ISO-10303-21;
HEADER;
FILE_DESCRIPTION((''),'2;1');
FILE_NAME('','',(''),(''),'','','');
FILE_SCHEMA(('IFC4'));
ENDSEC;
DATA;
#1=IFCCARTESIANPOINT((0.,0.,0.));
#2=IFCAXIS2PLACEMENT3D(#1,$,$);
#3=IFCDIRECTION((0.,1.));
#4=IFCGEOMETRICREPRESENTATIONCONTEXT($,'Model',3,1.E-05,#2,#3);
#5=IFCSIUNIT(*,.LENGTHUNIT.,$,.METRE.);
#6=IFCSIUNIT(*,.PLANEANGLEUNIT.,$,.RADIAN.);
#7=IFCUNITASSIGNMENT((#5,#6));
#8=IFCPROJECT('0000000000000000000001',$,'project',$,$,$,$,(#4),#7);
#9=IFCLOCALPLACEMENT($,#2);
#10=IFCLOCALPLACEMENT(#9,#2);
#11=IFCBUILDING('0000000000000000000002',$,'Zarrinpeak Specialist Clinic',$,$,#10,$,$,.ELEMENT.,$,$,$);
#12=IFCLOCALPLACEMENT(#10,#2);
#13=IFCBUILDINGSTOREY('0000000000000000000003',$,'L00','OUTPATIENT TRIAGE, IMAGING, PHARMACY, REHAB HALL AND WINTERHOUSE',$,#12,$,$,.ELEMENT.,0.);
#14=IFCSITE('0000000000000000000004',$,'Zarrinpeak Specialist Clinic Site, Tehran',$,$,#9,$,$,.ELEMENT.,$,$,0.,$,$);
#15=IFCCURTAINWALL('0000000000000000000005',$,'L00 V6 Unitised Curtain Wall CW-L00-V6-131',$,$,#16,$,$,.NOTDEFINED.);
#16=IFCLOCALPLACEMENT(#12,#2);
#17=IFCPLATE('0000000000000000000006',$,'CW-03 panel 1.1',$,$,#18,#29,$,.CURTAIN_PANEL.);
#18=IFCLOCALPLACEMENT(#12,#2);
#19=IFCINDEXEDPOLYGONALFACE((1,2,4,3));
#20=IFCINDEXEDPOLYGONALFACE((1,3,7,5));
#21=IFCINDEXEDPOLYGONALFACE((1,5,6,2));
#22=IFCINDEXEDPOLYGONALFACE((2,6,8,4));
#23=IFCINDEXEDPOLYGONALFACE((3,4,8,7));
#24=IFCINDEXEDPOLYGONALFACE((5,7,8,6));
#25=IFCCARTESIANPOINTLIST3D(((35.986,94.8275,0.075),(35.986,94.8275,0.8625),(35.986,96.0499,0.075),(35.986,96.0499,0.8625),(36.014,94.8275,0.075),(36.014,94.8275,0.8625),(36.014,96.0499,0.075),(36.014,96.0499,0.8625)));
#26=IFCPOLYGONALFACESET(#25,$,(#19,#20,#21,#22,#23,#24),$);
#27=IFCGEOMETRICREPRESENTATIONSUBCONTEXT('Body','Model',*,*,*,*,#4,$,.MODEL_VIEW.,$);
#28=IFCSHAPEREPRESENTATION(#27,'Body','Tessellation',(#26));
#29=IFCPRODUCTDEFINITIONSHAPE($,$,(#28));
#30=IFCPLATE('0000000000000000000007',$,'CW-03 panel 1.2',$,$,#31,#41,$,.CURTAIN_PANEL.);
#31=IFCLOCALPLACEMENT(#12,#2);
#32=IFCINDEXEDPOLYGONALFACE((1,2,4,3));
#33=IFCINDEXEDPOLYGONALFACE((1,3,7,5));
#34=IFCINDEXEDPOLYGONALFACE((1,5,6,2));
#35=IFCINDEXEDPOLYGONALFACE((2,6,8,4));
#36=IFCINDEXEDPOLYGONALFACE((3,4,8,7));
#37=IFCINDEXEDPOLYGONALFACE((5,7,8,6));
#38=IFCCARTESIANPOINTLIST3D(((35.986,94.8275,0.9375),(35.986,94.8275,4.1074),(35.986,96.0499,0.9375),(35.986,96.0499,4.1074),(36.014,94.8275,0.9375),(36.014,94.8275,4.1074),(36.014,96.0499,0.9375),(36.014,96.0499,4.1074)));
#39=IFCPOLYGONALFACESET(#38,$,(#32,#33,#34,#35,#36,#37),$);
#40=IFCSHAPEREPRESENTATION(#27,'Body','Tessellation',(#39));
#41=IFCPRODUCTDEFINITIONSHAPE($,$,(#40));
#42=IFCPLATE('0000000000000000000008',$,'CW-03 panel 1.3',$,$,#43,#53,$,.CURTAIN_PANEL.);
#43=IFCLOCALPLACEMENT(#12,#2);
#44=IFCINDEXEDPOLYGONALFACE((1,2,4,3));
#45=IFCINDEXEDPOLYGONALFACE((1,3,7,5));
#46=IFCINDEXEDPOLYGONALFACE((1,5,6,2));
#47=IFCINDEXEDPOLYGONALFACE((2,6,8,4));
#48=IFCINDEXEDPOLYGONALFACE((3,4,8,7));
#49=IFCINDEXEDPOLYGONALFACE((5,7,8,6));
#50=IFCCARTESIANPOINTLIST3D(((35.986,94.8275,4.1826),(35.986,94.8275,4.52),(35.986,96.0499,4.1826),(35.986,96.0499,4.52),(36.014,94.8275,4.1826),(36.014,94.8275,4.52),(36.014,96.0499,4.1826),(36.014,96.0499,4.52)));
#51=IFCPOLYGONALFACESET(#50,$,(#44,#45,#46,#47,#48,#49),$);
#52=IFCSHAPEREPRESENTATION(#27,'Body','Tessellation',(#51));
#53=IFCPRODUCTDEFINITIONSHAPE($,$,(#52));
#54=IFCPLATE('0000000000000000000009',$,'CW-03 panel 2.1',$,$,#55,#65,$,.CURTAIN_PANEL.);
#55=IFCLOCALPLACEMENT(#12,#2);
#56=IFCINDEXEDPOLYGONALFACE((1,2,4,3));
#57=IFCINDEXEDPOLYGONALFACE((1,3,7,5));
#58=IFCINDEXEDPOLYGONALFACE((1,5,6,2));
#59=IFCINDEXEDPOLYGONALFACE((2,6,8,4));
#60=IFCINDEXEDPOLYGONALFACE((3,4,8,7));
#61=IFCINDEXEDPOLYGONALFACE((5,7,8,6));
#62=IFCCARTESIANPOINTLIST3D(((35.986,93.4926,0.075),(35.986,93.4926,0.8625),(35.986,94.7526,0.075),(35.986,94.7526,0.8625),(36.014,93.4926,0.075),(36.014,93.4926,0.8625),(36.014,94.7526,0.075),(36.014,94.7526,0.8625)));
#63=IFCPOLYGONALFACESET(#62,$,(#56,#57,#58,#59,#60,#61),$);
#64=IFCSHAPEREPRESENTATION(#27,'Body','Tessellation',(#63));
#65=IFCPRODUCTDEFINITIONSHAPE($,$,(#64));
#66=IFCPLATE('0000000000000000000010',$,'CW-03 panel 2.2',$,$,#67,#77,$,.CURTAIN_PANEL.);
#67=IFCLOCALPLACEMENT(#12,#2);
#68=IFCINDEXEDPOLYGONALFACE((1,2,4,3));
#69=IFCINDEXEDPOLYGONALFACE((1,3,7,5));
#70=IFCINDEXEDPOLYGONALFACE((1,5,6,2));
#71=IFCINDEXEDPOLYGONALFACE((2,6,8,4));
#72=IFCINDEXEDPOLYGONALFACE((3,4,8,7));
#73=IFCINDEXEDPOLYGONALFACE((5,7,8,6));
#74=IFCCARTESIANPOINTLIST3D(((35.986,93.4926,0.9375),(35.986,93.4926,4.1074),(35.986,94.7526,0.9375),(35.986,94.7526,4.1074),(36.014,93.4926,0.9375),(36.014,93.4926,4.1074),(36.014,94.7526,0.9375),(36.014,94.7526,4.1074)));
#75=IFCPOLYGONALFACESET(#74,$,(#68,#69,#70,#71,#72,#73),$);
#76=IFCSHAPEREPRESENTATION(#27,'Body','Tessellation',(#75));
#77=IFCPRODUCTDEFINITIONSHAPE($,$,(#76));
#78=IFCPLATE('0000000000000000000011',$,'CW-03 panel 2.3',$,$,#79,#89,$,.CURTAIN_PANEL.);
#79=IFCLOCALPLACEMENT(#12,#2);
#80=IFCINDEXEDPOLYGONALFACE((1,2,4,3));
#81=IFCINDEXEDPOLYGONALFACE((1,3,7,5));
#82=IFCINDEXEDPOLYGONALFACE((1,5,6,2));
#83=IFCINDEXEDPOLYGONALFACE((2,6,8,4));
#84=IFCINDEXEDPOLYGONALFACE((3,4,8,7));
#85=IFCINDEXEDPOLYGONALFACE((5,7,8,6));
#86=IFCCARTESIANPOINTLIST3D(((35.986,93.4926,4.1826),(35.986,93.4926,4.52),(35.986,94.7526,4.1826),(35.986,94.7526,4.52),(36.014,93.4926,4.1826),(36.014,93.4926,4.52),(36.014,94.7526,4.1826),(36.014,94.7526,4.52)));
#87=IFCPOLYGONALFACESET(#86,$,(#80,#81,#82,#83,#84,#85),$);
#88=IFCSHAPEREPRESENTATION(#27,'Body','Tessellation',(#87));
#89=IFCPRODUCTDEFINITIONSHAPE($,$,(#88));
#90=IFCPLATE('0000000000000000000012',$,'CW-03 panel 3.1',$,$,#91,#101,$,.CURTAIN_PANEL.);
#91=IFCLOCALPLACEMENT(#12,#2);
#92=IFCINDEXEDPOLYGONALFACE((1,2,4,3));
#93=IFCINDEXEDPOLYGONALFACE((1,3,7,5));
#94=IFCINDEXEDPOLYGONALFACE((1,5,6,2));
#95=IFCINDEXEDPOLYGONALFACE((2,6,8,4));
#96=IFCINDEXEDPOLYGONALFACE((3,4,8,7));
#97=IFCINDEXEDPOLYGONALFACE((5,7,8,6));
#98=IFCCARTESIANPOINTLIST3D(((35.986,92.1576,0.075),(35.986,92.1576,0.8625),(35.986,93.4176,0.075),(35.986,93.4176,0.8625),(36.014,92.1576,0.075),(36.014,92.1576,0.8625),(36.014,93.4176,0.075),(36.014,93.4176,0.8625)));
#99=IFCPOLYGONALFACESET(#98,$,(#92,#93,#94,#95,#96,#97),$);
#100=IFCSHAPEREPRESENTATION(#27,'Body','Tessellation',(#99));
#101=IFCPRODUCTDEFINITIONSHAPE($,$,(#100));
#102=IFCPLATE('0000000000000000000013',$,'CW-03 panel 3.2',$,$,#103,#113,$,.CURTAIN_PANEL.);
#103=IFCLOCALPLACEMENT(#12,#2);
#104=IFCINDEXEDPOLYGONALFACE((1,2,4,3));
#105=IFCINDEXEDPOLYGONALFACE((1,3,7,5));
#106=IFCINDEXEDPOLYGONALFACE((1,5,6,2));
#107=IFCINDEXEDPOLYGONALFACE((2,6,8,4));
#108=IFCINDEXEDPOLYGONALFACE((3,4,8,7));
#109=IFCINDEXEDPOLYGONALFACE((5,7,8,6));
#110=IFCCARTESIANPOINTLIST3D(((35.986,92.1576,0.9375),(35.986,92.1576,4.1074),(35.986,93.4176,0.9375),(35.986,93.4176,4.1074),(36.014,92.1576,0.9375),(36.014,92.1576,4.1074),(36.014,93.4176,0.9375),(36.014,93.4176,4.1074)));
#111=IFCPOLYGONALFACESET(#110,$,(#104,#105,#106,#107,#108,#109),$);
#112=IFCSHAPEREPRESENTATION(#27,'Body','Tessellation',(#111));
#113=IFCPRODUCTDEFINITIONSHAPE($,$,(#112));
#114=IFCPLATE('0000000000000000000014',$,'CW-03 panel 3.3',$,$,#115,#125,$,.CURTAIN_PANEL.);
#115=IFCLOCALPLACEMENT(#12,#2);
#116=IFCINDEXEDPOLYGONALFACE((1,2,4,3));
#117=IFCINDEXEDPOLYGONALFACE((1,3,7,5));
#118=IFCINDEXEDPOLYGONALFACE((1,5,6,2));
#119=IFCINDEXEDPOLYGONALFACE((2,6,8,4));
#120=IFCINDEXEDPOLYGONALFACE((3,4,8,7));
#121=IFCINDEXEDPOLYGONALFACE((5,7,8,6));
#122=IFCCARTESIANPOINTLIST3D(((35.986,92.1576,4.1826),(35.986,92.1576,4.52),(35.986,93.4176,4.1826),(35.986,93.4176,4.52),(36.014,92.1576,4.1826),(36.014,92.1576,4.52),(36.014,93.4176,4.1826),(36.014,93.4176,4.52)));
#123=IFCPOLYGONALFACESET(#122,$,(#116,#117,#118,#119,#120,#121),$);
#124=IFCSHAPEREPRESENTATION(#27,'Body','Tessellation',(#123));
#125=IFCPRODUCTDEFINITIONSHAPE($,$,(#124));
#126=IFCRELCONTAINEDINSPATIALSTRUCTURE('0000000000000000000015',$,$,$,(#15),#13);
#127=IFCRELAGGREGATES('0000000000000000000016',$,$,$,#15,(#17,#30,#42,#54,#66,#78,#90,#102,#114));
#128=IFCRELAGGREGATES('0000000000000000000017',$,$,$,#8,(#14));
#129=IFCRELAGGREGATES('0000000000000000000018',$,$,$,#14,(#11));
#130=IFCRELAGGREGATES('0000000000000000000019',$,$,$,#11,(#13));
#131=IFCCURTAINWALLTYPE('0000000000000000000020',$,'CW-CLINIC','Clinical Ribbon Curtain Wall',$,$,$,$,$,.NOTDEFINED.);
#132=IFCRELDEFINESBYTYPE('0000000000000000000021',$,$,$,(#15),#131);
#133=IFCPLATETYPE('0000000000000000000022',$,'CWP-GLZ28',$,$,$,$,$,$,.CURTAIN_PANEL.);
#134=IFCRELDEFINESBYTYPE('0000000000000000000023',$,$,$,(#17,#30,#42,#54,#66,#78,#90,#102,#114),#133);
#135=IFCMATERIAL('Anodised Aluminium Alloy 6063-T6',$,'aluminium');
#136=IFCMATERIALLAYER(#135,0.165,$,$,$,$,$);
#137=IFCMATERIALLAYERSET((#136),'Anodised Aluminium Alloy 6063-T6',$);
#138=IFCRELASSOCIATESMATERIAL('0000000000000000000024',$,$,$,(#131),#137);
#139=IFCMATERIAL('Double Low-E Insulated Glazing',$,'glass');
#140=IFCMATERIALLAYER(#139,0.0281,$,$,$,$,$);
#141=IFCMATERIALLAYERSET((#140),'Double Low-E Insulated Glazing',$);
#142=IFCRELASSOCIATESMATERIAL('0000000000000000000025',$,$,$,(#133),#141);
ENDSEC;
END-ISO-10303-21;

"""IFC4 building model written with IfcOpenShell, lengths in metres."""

from ifc_helpers import new_model, si_unit, direction, frame, origin, origin_2d, place, context, subcontext, project, spatial, rectangle, extrude, material, layer, layer_set, type_object, element, aggregate, save


model = new_model("IFC4")

# Units and contexts
model_context = context("Model", 3, precision=1e-05, world=origin(), true_north=direction((0.0, 1.0)))
body_context = subcontext(model_context, "Body", "Model", "MODEL_VIEW")
ifc_project = project(units=[si_unit("LENGTHUNIT", "METRE"), si_unit("PLANEANGLEUNIT", "RADIAN")], contexts=[model_context])

# Site, building, storey
site_placement = place(None, origin())
site = spatial("IfcSite", under=ifc_project, at=site_placement, Name="Zarrinpeak Specialist Clinic Site, Tehran", CompositionType="ELEMENT", RefElevation=0.0)
building_placement = place(site_placement, origin())
building = spatial("IfcBuilding", under=site, at=building_placement, Name="Zarrinpeak Specialist Clinic", CompositionType="ELEMENT")
storey_placement = place(building_placement, origin())
storey = spatial("IfcBuildingStorey", under=building, at=storey_placement, Name="L00", Description="OUTPATIENT TRIAGE, IMAGING, PHARMACY, REHAB HALL AND WINTERHOUSE", CompositionType="ELEMENT", Elevation=0.0)

# Curtain wall, plates
ifc_material_1 = material(Name="Anodised Aluminium Alloy 6063-T6", Category="aluminium")
ifc_layer_1 = layer(ifc_material_1, 0.165)
ifc_layer_set_1 = layer_set([ifc_layer_1], Name="Anodised Aluminium Alloy 6063-T6")
curtain_wall_type = type_object("IfcCurtainWallType", Name="CW-CLINIC", Description="Clinical Ribbon Curtain Wall", PredefinedType="NOTDEFINED", material=ifc_layer_set_1)
curtain_wall_placement = place(storey_placement, origin())
curtain_wall = element("IfcCurtainWall", 1, at=curtain_wall_placement, inside=storey, type_object=curtain_wall_type, Name="L00 V6 Unitised Curtain Wall CW-L00-V6-131", PredefinedType="NOTDEFINED")
ifc_material_2 = material(Name="Double Low-E Insulated Glazing", Category="glass")
ifc_layer_2 = layer(ifc_material_2, 0.0281)
ifc_layer_set_2 = layer_set([ifc_layer_2], Name="Double Low-E Insulated Glazing")
plate_type = type_object("IfcPlateType", Name="CWP-GLZ28", PredefinedType="CURTAIN_PANEL", material=ifc_layer_set_2)
plate_1_placement = place(storey_placement, frame((36.0, 95.4387, 0.075), z_axis=(0.0, 0.0, 1.0), x_axis=(0.0, -1.0, 0.0)))
plate_1 = element("IfcPlate", 2, at=plate_1_placement, type_object=plate_type, Name="CW-03 panel 1.1", PredefinedType="CURTAIN_PANEL", context=body_context, shape_type="SweptSolid", body=[
    extrude(rectangle(XDim=1.2224, YDim=0.0281, at=origin_2d()), origin(), (0.0, 0.0, 1.0), 0.7876),
])
plate_2_placement = place(storey_placement, frame((36.0, 95.4387, 0.9375), z_axis=(0.0, 0.0, 1.0), x_axis=(0.0, -1.0, 0.0)))
plate_2 = element("IfcPlate", 3, at=plate_2_placement, type_object=plate_type, Name="CW-03 panel 1.2", PredefinedType="CURTAIN_PANEL", context=body_context, shape_type="SweptSolid", body=[
    extrude(rectangle(XDim=1.2224, YDim=0.0281, at=origin_2d()), origin(), (0.0, 0.0, 1.0), 3.1699),
])
plate_3_placement = place(storey_placement, frame((36.0, 95.4387, 4.1826), z_axis=(0.0, 0.0, 1.0), x_axis=(0.0, -1.0, 0.0)))
plate_3 = element("IfcPlate", 4, at=plate_3_placement, type_object=plate_type, Name="CW-03 panel 1.3", PredefinedType="CURTAIN_PANEL", context=body_context, shape_type="SweptSolid", body=[
    extrude(rectangle(XDim=1.2224, YDim=0.0281, at=origin_2d()), origin(), (0.0, 0.0, 1.0), 0.3374),
])
plate_4_placement = place(storey_placement, frame((36.0, 94.1226, 0.075), z_axis=(0.0, 0.0, 1.0), x_axis=(0.0, -1.0, 0.0)))
plate_4 = element("IfcPlate", 5, at=plate_4_placement, type_object=plate_type, Name="CW-03 panel 2.1", PredefinedType="CURTAIN_PANEL", context=body_context, shape_type="SweptSolid", body=[
    extrude(rectangle(XDim=1.26, YDim=0.0281, at=origin_2d()), origin(), (0.0, 0.0, 1.0), 0.7876),
])
plate_5_placement = place(storey_placement, frame((36.0, 94.1226, 0.9375), z_axis=(0.0, 0.0, 1.0), x_axis=(0.0, -1.0, 0.0)))
plate_5 = element("IfcPlate", 6, at=plate_5_placement, type_object=plate_type, Name="CW-03 panel 2.2", PredefinedType="CURTAIN_PANEL", context=body_context, shape_type="SweptSolid", body=[
    extrude(rectangle(XDim=1.26, YDim=0.0281, at=origin_2d()), origin(), (0.0, 0.0, 1.0), 3.1699),
])
plate_6_placement = place(storey_placement, frame((36.0, 94.1226, 4.1826), z_axis=(0.0, 0.0, 1.0), x_axis=(0.0, -1.0, 0.0)))
plate_6 = element("IfcPlate", 7, at=plate_6_placement, type_object=plate_type, Name="CW-03 panel 2.3", PredefinedType="CURTAIN_PANEL", context=body_context, shape_type="SweptSolid", body=[
    extrude(rectangle(XDim=1.26, YDim=0.0281, at=origin_2d()), origin(), (0.0, 0.0, 1.0), 0.3374),
])
plate_7_placement = place(storey_placement, frame((36.0, 92.7876, 0.075), z_axis=(0.0, 0.0, 1.0), x_axis=(0.0, -1.0, 0.0)))
plate_7 = element("IfcPlate", 8, at=plate_7_placement, type_object=plate_type, Name="CW-03 panel 3.1", PredefinedType="CURTAIN_PANEL", context=body_context, shape_type="SweptSolid", body=[
    extrude(rectangle(XDim=1.26, YDim=0.0281, at=origin_2d()), origin(), (0.0, 0.0, 1.0), 0.7876),
])
plate_8_placement = place(storey_placement, frame((36.0, 92.7876, 0.9375), z_axis=(0.0, 0.0, 1.0), x_axis=(0.0, -1.0, 0.0)))
plate_8 = element("IfcPlate", 9, at=plate_8_placement, type_object=plate_type, Name="CW-03 panel 3.2", PredefinedType="CURTAIN_PANEL", context=body_context, shape_type="SweptSolid", body=[
    extrude(rectangle(XDim=1.26, YDim=0.0281, at=origin_2d()), origin(), (0.0, 0.0, 1.0), 3.1699),
])
plate_9_placement = place(storey_placement, frame((36.0, 92.7876, 4.1826), z_axis=(0.0, 0.0, 1.0), x_axis=(0.0, -1.0, 0.0)))
plate_9 = element("IfcPlate", 10, at=plate_9_placement, type_object=plate_type, Name="CW-03 panel 3.3", PredefinedType="CURTAIN_PANEL", context=body_context, shape_type="SweptSolid", body=[
    extrude(rectangle(XDim=1.26, YDim=0.0281, at=origin_2d()), origin(), (0.0, 0.0, 1.0), 0.3374),
])
aggregate(curtain_wall, [plate_1, plate_2, plate_3, plate_4, plate_5, plate_6, plate_7, plate_8, plate_9])

save(model, "model.ifc")
